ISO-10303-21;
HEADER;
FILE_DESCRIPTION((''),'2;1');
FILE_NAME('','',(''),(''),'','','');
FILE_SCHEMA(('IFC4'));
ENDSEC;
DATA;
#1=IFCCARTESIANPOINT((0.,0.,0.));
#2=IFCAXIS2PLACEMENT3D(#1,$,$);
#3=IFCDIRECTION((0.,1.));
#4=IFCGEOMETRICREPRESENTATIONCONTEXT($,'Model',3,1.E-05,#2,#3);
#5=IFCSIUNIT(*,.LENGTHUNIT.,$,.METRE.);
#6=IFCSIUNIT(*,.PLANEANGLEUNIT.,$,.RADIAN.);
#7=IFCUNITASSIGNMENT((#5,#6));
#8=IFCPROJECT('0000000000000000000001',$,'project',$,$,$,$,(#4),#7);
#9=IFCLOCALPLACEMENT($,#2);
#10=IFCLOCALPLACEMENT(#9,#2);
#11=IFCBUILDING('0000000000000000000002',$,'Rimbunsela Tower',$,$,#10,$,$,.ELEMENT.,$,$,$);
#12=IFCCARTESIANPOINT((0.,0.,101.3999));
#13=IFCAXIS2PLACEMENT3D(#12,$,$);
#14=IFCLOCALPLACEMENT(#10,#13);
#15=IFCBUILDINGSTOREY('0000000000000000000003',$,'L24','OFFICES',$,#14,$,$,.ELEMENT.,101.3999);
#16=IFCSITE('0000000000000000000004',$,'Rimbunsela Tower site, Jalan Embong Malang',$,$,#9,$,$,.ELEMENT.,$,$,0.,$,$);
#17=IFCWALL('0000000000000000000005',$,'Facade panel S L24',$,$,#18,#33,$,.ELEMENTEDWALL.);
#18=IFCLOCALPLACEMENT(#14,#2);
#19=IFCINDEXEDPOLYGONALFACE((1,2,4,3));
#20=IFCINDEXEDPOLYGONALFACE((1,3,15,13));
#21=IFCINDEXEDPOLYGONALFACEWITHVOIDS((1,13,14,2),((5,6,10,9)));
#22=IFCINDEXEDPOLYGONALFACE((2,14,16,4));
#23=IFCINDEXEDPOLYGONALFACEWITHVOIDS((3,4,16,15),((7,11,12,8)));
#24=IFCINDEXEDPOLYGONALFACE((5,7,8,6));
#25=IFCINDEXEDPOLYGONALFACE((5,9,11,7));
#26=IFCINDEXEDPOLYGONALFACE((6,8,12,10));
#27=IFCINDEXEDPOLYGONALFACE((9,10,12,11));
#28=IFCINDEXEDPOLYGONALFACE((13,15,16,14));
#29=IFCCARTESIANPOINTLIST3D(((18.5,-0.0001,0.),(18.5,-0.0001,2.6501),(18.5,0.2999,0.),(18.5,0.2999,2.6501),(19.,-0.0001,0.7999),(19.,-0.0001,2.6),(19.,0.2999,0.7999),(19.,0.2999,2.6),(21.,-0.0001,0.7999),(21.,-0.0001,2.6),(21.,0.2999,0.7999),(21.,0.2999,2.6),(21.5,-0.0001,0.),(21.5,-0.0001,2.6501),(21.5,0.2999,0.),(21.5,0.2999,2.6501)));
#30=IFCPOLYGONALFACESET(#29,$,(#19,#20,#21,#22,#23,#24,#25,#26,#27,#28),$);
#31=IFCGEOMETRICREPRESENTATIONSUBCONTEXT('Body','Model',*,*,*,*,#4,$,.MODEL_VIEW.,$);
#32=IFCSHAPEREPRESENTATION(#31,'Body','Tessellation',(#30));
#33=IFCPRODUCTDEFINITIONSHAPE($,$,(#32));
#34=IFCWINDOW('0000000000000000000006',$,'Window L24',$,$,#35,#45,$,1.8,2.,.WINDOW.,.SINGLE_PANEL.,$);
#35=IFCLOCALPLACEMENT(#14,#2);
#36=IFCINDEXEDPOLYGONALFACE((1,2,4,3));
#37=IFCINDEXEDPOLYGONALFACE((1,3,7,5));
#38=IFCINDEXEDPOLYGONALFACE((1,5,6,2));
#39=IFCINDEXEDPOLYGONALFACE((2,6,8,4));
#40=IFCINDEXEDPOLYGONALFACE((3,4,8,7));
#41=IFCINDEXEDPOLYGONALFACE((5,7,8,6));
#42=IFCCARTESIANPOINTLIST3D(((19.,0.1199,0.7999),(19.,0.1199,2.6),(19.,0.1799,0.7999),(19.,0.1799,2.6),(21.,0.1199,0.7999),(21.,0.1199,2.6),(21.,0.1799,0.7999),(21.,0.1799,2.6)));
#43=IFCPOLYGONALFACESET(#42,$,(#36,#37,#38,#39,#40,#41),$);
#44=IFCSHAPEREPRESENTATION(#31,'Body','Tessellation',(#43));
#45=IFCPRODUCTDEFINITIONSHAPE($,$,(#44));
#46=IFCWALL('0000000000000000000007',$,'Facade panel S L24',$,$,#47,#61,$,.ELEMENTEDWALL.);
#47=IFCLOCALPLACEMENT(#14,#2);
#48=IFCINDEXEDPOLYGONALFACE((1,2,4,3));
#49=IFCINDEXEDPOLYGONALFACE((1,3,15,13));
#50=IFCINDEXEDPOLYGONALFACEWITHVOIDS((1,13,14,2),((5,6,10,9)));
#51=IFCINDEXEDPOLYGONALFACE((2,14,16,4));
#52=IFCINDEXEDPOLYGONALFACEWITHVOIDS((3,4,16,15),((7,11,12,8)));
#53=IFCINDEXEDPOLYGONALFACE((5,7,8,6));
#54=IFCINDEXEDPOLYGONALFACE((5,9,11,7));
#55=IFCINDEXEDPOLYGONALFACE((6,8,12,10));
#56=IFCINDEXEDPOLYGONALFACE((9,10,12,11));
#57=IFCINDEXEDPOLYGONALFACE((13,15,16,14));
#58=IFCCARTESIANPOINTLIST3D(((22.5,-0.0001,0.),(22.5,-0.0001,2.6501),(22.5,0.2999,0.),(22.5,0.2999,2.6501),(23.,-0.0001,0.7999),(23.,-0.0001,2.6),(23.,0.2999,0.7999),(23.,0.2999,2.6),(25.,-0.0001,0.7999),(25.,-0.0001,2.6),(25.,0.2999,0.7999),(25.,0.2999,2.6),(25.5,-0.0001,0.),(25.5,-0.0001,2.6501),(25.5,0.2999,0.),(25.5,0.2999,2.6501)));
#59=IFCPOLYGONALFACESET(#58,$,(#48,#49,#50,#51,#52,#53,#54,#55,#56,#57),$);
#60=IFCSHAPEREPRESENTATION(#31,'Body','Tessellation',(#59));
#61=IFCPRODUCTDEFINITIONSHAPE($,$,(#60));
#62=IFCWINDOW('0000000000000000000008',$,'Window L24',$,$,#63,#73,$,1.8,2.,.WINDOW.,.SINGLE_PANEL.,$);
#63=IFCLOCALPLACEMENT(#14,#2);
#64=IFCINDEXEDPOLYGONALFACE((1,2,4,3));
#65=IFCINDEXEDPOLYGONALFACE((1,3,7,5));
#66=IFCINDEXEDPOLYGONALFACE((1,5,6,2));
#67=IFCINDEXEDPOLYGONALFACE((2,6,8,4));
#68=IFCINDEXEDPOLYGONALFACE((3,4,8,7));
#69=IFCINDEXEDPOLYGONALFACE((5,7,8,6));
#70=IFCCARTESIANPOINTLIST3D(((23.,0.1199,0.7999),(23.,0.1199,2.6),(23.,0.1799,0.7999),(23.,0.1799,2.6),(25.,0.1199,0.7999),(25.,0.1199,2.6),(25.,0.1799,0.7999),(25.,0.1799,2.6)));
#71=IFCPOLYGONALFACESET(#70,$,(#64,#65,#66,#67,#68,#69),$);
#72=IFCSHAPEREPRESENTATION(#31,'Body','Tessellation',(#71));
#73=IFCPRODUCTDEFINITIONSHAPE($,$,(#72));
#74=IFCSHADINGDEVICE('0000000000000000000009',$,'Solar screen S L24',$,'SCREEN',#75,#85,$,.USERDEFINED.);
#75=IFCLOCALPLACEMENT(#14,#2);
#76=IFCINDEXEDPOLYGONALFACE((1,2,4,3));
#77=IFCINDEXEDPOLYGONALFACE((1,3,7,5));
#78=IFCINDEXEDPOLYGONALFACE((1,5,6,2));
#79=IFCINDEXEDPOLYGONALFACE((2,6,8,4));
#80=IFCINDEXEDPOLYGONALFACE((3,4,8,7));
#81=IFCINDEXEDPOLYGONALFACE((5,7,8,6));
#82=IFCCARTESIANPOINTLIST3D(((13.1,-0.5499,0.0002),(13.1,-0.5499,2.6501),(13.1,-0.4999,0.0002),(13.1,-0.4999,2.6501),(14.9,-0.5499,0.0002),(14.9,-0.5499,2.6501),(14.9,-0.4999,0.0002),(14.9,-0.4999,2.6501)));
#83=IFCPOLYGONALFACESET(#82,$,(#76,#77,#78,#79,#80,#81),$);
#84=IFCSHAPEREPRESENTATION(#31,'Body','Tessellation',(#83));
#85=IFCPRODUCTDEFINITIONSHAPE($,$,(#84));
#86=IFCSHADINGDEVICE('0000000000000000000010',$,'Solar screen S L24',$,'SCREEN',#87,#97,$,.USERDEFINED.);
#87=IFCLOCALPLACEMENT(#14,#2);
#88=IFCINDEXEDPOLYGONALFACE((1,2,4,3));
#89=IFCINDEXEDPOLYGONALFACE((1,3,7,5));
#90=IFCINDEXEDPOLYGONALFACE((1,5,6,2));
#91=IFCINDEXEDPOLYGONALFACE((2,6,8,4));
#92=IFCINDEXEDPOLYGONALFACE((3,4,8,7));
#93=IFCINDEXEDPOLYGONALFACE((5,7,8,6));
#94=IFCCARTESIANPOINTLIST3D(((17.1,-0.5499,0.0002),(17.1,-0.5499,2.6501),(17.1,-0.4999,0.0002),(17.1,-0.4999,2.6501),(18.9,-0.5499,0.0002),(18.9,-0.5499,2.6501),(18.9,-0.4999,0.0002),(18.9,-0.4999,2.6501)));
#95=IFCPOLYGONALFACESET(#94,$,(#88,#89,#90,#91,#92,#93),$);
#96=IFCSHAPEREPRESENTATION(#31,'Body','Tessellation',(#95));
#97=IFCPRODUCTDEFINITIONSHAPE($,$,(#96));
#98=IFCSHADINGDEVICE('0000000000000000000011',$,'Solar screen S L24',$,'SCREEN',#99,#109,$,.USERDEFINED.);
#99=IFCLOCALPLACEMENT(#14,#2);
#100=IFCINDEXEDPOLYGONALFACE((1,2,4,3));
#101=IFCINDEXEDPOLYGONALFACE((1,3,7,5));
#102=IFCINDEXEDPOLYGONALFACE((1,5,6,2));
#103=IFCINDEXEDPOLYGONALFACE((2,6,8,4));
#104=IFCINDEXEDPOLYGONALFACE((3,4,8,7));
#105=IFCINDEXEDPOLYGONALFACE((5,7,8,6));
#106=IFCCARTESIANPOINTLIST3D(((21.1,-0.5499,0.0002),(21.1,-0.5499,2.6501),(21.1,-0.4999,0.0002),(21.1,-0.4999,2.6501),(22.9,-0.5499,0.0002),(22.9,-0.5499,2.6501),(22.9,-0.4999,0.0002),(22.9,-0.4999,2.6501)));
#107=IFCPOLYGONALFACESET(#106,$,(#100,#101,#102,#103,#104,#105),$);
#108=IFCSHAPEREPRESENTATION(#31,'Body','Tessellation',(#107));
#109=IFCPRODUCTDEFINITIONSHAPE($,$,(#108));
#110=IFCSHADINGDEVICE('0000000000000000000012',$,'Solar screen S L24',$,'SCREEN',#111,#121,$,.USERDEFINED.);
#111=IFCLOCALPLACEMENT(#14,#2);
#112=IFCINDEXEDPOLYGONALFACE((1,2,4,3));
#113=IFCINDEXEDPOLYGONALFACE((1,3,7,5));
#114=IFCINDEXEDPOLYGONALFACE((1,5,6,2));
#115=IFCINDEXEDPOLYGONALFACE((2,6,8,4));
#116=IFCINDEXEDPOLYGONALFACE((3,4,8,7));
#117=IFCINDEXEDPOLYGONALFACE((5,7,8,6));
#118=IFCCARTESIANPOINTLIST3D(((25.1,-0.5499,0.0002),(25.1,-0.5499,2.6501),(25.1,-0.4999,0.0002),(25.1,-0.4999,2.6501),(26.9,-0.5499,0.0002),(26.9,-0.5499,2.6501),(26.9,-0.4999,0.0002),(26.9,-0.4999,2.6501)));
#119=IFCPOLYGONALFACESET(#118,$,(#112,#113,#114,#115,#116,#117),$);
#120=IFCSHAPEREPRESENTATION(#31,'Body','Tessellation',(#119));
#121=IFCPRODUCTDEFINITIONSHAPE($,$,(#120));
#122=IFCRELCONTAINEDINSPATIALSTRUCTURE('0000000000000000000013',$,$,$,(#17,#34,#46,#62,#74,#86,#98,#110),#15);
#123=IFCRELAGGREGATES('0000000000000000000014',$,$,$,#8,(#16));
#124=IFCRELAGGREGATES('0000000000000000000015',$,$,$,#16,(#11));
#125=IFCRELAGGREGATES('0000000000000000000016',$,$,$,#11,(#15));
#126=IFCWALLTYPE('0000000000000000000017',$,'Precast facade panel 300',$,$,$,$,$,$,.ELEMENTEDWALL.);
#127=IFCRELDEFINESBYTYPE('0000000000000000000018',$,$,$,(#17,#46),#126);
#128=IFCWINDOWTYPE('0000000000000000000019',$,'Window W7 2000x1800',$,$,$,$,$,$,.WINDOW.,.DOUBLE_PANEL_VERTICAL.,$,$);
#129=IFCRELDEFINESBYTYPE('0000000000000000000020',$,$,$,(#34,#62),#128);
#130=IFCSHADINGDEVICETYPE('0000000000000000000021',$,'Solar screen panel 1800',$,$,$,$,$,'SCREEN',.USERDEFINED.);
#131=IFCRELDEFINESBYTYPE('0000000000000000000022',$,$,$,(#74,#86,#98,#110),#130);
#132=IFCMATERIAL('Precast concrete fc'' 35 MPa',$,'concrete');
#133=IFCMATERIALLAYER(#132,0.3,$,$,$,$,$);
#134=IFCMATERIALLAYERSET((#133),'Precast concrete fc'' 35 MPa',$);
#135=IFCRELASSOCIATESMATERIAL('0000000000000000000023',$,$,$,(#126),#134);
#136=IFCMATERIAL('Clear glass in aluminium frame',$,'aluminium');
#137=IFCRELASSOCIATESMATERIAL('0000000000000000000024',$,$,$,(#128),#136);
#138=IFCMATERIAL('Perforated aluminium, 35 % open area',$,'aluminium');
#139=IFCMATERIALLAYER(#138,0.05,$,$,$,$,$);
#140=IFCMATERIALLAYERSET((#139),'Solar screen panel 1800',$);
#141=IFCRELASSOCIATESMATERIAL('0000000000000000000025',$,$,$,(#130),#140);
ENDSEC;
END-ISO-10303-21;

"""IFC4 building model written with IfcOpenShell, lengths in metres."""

from ifc_helpers import new_model, si_unit, direction, frame, frame_2d, origin, origin_2d, place, context, subcontext, project, spatial, rectangle, extrude, material, layer, layer_set, type_object, element, fill, save


model = new_model("IFC4")

# Units and contexts
model_context = context("Model", 3, precision=1e-05, world=origin(), true_north=direction((0.0, 1.0)))
body_context = subcontext(model_context, "Body", "Model", "MODEL_VIEW")
ifc_project = project(units=[si_unit("LENGTHUNIT", "METRE"), si_unit("PLANEANGLEUNIT", "RADIAN")], contexts=[model_context])

# Site, building, storey
site_placement = place(None, origin())
site = spatial("IfcSite", under=ifc_project, at=site_placement, Name="Rimbunsela Tower site, Jalan Embong Malang", CompositionType="ELEMENT", RefElevation=0.0)
building_placement = place(site_placement, origin())
building = spatial("IfcBuilding", under=site, at=building_placement, Name="Rimbunsela Tower", CompositionType="ELEMENT")
storey_placement = place(building_placement, frame((0.0, 0.0, 101.3999)))
storey = spatial("IfcBuildingStorey", under=building, at=storey_placement, Name="L24", Description="OFFICES", CompositionType="ELEMENT", Elevation=101.3999)

# Shared definitions
ifc_material_1 = material(Name="Precast concrete fc' 35 MPa", Category="concrete")
ifc_layer_1 = layer(ifc_material_1, 0.3)
ifc_layer_set_1 = layer_set([ifc_layer_1], Name="Precast concrete fc' 35 MPa")
wall_type = type_object("IfcWallType", Name="Precast facade panel 300", PredefinedType="ELEMENTEDWALL", material=ifc_layer_set_1)

# Walls, openings, windows
ifc_material_2 = material(Name="Clear glass in aluminium frame", Category="aluminium")
window_type = type_object("IfcWindowType", Name="Window W7 2000x1800", PartitioningType="DOUBLE_PANEL_VERTICAL", PredefinedType="WINDOW", material=ifc_material_2)
wall_1_placement = place(storey_placement, frame((18.5, 0.1499, 0.0), z_axis=(0.0, 0.0, 1.0), x_axis=(1.0, 0.0, 0.0)))
wall_1 = element("IfcWall", 1, at=wall_1_placement, inside=storey, type_object=wall_type, Name="Facade panel S L24", PredefinedType="ELEMENTEDWALL", context=body_context, shape_type="SweptSolid", body=[
    extrude(rectangle(XDim=3.0, YDim=0.3, at=frame_2d((1.5, 0.0))), origin(), (0.0, 0.0, 1.0), 2.6501),
])
opening_1_placement = place(wall_1_placement, frame((0.5, 0.0, 0.8)))
opening_1 = element("IfcOpeningElement", 2, at=opening_1_placement, cuts=wall_1, PredefinedType="OPENING", context=body_context, shape_type="SweptSolid", body=[
    extrude(rectangle(XDim=2.0, YDim=1.8, at=frame_2d((1.0, 0.8999))), frame((0.0, 0.1599, 0.0), z_axis=(0.0, -1.0, 0.0), x_axis=(1.0, 0.0, 0.0)), (0.0, 0.0, 1.0), 0.3201),
])
window_1_placement = place(opening_1_placement, origin())
window_1 = element("IfcWindow", 3, at=window_1_placement, inside=storey, type_object=window_type, Name="Window L24", OverallHeight=1.8, OverallWidth=2.0, PartitioningType="SINGLE_PANEL", PredefinedType="WINDOW", context=body_context, shape_type="SweptSolid", body=[
    extrude(rectangle(XDim=2.0, YDim=1.8, at=frame_2d((1.0, 0.8999))), frame((0.0, 0.03, 0.0), z_axis=(0.0, -1.0, 0.0), x_axis=(1.0, 0.0, 0.0)), (0.0, 0.0, 1.0), 0.0601),
])
fill(opening_1, window_1)
wall_2_placement = place(storey_placement, frame((22.5, 0.1499, 0.0), z_axis=(0.0, 0.0, 1.0), x_axis=(1.0, 0.0, 0.0)))
wall_2 = element("IfcWall", 4, at=wall_2_placement, inside=storey, type_object=wall_type, Name="Facade panel S L24", PredefinedType="ELEMENTEDWALL", context=body_context, shape_type="SweptSolid", body=[
    extrude(rectangle(XDim=3.0, YDim=0.3, at=frame_2d((1.5, 0.0))), origin(), (0.0, 0.0, 1.0), 2.6501),
])
opening_2_placement = place(wall_2_placement, frame((0.5, 0.0, 0.8)))
opening_2 = element("IfcOpeningElement", 5, at=opening_2_placement, cuts=wall_2, PredefinedType="OPENING", context=body_context, shape_type="SweptSolid", body=[
    extrude(rectangle(XDim=2.0, YDim=1.8, at=frame_2d((1.0, 0.8999))), frame((0.0, 0.1599, 0.0), z_axis=(0.0, -1.0, 0.0), x_axis=(1.0, 0.0, 0.0)), (0.0, 0.0, 1.0), 0.3201),
])
window_2_placement = place(opening_2_placement, origin())
window_2 = element("IfcWindow", 6, at=window_2_placement, inside=storey, type_object=window_type, Name="Window L24", OverallHeight=1.8, OverallWidth=2.0, PartitioningType="SINGLE_PANEL", PredefinedType="WINDOW", context=body_context, shape_type="SweptSolid", body=[
    extrude(rectangle(XDim=2.0, YDim=1.8, at=frame_2d((1.0, 0.8999))), frame((0.0, 0.03, 0.0), z_axis=(0.0, -1.0, 0.0), x_axis=(1.0, 0.0, 0.0)), (0.0, 0.0, 1.0), 0.0601),
])
fill(opening_2, window_2)

# Shading devices
ifc_material_3 = material(Name="Perforated aluminium, 35 % open area", Category="aluminium")
ifc_layer_2 = layer(ifc_material_3, 0.05)
ifc_layer_set_2 = layer_set([ifc_layer_2], Name="Solar screen panel 1800")
shading_device_type = type_object("IfcShadingDeviceType", Name="Solar screen panel 1800", ElementType="SCREEN", PredefinedType="USERDEFINED", material=ifc_layer_set_2)
for number, where, z_axis, x_axis, name in (
    (7, (14.0, -0.5249, 0.0002), (0.0, 0.0, 1.0), (1.0, 0.0, 0.0), "Solar screen S L24"),
    (8, (18.0, -0.5249, 0.0002), (0.0, 0.0, 1.0), (1.0, 0.0, 0.0), "Solar screen S L24"),
    (9, (22.0, -0.5249, 0.0002), (0.0, 0.0, 1.0), (1.0, 0.0, 0.0), "Solar screen S L24"),
    (10, (26.0, -0.5249, 0.0002), (0.0, 0.0, 1.0), (1.0, 0.0, 0.0), "Solar screen S L24"),
):
    element("IfcShadingDevice", number, at=place(storey_placement, frame(where, z_axis=z_axis, x_axis=x_axis)), inside=storey, type_object=shading_device_type, Name=name, ObjectType="SCREEN", PredefinedType="USERDEFINED", context=body_context, shape_type="SweptSolid", body=[
        extrude(rectangle(XDim=1.8, YDim=0.05, at=origin_2d()), origin(), (0.0, 0.0, 1.0), 2.6499),
    ])

save(model, "model.ifc")
